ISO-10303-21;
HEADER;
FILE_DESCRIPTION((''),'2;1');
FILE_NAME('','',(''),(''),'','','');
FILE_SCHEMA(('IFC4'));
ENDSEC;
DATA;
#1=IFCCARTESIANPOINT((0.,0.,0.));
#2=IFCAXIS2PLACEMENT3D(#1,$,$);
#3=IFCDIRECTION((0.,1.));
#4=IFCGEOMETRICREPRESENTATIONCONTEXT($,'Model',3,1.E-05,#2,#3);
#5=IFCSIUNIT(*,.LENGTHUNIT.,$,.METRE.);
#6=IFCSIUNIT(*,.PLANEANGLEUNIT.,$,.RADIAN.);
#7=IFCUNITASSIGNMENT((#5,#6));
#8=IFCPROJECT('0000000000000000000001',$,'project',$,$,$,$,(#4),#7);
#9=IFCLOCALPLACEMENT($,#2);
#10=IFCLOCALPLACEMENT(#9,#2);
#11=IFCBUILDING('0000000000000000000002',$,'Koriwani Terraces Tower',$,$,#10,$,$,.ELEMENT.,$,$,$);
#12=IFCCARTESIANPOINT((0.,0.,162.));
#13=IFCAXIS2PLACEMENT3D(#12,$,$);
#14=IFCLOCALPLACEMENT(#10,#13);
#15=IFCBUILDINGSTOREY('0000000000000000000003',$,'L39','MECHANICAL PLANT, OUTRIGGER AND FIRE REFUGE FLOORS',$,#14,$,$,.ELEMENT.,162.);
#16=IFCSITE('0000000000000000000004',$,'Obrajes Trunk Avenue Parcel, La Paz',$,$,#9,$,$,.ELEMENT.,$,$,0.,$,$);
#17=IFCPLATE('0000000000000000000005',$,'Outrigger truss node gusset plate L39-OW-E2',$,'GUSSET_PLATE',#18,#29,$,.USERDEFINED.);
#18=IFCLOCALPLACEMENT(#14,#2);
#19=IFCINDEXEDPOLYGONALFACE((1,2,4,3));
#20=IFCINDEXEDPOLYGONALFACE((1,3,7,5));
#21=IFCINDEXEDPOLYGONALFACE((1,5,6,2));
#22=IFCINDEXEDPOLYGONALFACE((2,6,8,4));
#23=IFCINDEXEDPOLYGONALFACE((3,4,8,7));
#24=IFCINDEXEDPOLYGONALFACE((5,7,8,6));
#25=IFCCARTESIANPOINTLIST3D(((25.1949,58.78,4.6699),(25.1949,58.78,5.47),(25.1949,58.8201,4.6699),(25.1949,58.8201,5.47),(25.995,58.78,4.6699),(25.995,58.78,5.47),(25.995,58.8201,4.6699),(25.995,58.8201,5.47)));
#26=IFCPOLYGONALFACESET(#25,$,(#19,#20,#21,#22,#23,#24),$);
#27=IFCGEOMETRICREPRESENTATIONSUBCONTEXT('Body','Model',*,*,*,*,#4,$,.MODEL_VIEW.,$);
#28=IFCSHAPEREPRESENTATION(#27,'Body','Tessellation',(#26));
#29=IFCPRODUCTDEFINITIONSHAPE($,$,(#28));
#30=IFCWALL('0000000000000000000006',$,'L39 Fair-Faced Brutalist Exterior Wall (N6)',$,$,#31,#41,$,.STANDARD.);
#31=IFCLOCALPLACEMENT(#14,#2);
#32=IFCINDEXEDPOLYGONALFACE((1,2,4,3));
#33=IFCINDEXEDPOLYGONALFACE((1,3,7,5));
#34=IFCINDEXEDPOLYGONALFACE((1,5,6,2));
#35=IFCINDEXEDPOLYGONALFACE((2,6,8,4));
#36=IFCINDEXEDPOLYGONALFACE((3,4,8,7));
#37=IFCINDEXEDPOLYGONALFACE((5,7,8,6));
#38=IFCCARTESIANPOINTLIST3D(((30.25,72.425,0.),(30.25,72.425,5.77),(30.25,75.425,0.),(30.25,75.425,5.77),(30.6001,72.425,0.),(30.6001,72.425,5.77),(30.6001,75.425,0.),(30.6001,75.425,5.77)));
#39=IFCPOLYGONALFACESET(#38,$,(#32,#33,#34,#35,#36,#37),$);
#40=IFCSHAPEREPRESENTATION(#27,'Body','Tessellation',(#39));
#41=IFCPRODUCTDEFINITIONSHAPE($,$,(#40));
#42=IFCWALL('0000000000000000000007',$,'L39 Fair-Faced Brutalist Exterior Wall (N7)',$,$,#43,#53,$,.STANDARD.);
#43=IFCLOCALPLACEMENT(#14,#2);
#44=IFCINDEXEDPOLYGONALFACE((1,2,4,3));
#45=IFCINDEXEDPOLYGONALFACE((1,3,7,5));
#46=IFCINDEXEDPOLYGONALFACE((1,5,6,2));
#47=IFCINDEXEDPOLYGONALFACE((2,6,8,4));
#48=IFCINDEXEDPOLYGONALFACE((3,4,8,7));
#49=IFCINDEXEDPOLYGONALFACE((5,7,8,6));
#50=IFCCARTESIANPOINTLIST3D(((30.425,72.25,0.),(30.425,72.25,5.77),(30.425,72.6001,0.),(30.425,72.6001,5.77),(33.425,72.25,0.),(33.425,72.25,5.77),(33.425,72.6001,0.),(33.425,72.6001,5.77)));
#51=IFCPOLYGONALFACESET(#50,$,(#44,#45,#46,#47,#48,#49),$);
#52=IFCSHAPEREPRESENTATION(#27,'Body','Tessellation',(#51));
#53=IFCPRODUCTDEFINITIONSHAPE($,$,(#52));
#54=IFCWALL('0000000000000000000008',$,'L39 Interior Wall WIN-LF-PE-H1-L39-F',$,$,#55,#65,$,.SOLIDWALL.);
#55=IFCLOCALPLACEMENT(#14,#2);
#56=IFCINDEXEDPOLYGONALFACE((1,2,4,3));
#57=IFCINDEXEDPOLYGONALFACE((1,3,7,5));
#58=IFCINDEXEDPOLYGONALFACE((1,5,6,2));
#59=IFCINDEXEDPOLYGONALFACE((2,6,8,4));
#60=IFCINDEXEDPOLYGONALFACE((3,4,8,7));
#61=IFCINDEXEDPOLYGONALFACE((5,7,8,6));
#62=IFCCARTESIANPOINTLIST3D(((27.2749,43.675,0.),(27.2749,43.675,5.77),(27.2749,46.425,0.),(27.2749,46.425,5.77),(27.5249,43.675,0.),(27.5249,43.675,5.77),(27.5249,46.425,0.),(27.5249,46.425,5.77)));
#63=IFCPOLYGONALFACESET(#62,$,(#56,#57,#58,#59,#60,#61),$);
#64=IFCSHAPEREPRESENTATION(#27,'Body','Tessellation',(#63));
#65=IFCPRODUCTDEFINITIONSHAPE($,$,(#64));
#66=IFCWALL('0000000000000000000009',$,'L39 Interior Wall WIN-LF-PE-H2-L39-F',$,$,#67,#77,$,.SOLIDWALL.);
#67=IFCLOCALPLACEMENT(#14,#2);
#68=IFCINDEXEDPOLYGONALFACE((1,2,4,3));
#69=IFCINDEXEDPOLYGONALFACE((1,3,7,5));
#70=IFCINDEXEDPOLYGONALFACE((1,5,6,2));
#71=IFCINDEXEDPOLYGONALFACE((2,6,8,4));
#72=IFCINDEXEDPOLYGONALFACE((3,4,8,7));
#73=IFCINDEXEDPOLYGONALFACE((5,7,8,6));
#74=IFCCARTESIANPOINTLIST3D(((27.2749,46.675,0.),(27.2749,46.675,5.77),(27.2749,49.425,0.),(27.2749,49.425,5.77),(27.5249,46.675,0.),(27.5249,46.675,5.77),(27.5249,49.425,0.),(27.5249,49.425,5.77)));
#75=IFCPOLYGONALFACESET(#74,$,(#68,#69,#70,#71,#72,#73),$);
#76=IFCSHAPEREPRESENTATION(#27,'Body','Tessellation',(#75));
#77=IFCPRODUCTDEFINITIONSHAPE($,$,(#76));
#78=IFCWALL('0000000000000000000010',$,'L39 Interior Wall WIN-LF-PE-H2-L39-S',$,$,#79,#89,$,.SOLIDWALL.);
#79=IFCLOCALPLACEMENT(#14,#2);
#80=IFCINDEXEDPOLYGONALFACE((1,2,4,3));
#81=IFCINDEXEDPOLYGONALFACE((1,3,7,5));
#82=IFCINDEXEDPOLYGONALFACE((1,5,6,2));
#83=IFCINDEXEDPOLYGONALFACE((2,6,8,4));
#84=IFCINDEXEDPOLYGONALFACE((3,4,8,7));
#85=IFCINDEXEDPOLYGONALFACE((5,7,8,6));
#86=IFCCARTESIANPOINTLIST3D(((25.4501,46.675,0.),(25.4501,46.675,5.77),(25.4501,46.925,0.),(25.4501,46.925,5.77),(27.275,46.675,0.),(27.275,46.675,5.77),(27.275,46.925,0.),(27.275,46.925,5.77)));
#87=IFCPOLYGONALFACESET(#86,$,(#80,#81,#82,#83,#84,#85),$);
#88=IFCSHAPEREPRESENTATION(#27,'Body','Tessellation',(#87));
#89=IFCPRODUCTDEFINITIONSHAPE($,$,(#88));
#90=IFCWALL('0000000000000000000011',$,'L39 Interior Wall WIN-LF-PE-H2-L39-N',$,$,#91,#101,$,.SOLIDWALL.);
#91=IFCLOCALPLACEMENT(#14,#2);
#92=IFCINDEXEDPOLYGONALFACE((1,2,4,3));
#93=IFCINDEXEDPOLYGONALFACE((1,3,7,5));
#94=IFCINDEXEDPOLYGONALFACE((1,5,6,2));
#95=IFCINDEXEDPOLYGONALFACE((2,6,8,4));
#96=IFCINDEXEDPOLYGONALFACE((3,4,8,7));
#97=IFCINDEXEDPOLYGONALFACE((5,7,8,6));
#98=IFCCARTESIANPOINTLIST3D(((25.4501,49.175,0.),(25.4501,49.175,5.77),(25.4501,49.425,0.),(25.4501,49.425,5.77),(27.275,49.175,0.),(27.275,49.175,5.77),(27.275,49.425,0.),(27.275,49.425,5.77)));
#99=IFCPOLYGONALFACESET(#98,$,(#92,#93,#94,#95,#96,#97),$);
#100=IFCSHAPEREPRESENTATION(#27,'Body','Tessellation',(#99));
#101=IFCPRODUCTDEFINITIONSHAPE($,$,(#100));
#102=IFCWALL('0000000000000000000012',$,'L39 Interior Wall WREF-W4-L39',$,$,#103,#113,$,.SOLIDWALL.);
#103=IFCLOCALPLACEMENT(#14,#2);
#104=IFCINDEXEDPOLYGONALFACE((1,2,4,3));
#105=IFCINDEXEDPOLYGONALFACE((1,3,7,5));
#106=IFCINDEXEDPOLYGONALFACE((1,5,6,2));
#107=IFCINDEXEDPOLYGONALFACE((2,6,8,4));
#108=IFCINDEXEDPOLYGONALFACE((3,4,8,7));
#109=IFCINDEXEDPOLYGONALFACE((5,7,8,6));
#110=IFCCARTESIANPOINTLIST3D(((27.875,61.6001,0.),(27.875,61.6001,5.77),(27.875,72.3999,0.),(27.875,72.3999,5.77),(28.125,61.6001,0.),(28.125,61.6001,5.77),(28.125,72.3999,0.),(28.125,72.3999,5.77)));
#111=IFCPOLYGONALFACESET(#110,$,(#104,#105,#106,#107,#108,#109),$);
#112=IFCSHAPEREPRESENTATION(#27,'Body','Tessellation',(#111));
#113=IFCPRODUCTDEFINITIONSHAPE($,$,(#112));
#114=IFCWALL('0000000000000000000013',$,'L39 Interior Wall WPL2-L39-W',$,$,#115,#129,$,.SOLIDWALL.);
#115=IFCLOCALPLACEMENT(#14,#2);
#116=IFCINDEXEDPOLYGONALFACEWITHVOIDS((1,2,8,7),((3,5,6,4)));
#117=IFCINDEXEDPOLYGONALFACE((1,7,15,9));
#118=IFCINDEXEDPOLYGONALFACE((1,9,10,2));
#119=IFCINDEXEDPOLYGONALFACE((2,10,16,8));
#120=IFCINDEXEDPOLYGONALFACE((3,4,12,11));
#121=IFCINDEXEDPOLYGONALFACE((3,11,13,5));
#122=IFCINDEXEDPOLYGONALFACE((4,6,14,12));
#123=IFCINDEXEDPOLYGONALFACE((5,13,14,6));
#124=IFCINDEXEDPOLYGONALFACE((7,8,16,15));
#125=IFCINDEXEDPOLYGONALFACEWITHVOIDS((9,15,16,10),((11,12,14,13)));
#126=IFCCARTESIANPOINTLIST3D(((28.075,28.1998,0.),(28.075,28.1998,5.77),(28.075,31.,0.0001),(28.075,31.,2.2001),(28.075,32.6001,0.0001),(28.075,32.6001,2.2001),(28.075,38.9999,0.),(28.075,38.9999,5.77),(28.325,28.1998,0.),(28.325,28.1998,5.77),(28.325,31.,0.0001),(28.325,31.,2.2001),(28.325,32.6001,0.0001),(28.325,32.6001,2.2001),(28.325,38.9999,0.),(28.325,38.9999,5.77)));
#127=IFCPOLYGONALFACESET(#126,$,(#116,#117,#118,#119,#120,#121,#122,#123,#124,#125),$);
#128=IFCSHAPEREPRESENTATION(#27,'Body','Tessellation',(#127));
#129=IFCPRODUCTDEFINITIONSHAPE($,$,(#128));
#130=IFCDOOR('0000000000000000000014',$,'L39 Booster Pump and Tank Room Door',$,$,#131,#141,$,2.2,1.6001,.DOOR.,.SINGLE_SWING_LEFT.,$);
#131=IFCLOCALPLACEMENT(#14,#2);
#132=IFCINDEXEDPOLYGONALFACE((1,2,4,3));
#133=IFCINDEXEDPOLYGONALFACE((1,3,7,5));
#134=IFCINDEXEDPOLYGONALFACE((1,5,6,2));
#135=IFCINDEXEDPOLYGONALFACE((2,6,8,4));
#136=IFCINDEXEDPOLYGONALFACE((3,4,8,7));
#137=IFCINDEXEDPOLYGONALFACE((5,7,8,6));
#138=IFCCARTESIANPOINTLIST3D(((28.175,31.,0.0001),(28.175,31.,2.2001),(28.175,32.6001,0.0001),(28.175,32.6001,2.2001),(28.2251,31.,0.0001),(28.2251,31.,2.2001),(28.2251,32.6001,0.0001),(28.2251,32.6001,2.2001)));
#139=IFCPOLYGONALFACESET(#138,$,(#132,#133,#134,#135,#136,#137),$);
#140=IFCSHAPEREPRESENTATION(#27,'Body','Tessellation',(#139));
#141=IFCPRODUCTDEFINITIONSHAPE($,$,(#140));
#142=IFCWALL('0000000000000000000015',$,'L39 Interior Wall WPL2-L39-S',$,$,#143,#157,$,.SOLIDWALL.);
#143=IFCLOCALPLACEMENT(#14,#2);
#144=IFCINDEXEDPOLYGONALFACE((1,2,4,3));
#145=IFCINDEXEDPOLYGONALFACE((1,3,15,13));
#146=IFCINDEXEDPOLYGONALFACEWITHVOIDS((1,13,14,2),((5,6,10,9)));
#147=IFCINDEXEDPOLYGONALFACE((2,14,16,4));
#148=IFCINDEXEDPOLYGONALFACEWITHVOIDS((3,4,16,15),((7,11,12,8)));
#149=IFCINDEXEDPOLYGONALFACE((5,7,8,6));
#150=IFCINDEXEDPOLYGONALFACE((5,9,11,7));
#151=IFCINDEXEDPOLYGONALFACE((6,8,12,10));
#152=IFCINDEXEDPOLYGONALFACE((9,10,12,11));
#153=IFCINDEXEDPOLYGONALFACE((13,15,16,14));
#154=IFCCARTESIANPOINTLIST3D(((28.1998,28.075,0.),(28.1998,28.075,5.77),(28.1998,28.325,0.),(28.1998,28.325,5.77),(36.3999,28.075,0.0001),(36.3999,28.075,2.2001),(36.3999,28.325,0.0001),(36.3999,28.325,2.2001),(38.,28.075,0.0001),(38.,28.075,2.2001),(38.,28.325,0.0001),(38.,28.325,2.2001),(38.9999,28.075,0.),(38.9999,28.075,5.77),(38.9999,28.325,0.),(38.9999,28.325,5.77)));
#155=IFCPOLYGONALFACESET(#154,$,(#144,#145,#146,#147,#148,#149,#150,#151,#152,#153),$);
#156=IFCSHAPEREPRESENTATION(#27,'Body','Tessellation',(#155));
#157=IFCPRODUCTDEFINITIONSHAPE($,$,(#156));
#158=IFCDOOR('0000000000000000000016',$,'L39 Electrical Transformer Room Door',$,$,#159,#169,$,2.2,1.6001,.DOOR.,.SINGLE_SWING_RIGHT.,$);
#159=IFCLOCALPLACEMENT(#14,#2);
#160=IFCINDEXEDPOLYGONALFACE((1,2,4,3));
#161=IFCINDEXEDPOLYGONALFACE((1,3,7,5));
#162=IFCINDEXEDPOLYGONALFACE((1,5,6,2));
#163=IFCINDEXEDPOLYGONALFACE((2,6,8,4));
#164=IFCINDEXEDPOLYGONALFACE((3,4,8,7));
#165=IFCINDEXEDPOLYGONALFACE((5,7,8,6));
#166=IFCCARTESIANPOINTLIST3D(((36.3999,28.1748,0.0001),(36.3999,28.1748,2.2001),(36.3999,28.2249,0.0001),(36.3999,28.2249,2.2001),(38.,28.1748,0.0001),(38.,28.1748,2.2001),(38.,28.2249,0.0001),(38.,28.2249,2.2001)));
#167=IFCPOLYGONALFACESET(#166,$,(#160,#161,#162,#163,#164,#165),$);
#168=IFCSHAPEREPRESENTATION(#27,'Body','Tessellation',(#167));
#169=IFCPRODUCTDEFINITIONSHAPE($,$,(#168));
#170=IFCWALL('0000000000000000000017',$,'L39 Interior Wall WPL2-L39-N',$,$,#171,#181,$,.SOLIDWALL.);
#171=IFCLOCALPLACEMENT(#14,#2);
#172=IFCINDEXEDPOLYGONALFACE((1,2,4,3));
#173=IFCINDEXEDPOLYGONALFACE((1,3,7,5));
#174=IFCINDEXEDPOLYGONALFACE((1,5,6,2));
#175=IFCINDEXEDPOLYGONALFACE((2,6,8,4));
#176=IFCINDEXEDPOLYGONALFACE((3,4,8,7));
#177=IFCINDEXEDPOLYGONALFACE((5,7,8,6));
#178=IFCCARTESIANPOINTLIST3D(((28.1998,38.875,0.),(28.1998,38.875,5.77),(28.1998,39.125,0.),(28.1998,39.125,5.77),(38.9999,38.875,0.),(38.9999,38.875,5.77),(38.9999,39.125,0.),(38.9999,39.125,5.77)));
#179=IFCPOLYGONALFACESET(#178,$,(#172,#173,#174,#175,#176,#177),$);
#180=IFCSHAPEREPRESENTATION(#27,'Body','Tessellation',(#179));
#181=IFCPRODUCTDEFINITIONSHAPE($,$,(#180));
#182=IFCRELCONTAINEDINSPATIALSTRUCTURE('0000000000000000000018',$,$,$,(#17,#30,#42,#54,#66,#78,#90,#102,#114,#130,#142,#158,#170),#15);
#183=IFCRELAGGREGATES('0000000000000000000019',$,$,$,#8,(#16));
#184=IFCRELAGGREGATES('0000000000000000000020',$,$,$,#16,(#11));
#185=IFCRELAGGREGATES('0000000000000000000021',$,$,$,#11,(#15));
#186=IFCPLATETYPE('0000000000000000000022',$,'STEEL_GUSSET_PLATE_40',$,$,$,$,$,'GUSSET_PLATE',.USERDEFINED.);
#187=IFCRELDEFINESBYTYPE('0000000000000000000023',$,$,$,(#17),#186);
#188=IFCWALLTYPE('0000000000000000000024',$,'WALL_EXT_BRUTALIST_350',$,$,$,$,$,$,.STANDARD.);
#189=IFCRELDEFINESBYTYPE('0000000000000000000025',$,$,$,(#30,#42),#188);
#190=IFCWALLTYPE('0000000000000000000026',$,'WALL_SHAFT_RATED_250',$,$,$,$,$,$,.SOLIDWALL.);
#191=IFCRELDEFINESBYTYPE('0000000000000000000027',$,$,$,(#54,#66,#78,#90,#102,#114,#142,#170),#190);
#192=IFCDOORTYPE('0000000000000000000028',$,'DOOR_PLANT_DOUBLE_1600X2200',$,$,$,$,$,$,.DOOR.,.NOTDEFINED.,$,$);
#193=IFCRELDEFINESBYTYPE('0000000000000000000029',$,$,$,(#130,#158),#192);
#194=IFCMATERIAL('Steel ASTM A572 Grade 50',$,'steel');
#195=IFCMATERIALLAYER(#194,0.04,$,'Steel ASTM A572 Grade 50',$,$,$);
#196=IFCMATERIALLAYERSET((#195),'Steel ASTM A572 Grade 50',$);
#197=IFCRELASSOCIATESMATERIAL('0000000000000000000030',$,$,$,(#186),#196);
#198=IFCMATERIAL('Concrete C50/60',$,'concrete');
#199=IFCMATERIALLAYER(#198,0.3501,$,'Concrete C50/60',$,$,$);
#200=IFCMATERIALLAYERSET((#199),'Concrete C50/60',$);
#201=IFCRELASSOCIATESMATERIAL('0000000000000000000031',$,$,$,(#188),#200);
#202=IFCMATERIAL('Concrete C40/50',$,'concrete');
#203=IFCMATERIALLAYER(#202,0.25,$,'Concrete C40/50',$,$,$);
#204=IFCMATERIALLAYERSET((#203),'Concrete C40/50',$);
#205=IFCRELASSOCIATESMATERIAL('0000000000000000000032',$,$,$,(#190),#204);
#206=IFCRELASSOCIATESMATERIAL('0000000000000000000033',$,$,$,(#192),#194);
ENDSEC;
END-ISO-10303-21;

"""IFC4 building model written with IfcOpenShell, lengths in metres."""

from ifc_helpers import new_model, si_unit, direction, frame, frame_2d, origin, origin_2d, place, context, subcontext, project, spatial, rectangle, extrude, material, layer, layer_set, type_object, element, fill, save


model = new_model("IFC4")

# Units and contexts
model_context = context("Model", 3, precision=1e-05, world=origin(), true_north=direction((0.0, 1.0)))
body_context = subcontext(model_context, "Body", "Model", "MODEL_VIEW")
ifc_project = project(units=[si_unit("LENGTHUNIT", "METRE"), si_unit("PLANEANGLEUNIT", "RADIAN")], contexts=[model_context])

# Site, building, storey
site_placement = place(None, origin())
site = spatial("IfcSite", under=ifc_project, at=site_placement, Name="Obrajes Trunk Avenue Parcel, La Paz", CompositionType="ELEMENT", RefElevation=0.0)
building_placement = place(site_placement, origin())
building = spatial("IfcBuilding", under=site, at=building_placement, Name="Koriwani Terraces Tower", CompositionType="ELEMENT")
storey_placement = place(building_placement, frame((0.0, 0.0, 162.0)))
storey = spatial("IfcBuildingStorey", under=building, at=storey_placement, Name="L39", Description="MECHANICAL PLANT, OUTRIGGER AND FIRE REFUGE FLOORS", CompositionType="ELEMENT", Elevation=162.0)

# Shared definitions
ifc_material_1 = material(Name="Concrete C50/60", Category="concrete")

# Shared definitions
ifc_material_2 = material(Name="Steel ASTM A572 Grade 50", Category="steel")

# Plate
ifc_layer_1 = layer(ifc_material_2, 0.04, Name="Steel ASTM A572 Grade 50")
ifc_layer_set_1 = layer_set([ifc_layer_1], Name="Steel ASTM A572 Grade 50")
plate_type_1 = type_object("IfcPlateType", Name="STEEL_GUSSET_PLATE_40", ElementType="GUSSET_PLATE", PredefinedType="USERDEFINED", material=ifc_layer_set_1)
for number, where, z_axis, x_axis, name in (
    (1, (25.595, 58.8, 4.6699), (0.0, 0.0, 1.0), (-1.0, 0.0, 0.0), "Outrigger truss node gusset plate L39-OW-E2"),
):
    element("IfcPlate", number, at=place(storey_placement, frame(where, z_axis=z_axis, x_axis=x_axis)), inside=storey, type_object=plate_type_1, Name=name, ObjectType="GUSSET_PLATE", PredefinedType="USERDEFINED", context=body_context, shape_type="SweptSolid", body=[
        extrude(rectangle(XDim=0.8, YDim=0.04, at=origin_2d()), origin(), (0.0, 0.0, 1.0), 0.8),
    ])

# Walls
ifc_layer_2 = layer(ifc_material_1, 0.3501, Name="Concrete C50/60")
ifc_layer_set_2 = layer_set([ifc_layer_2], Name="Concrete C50/60")
wall_type_1 = type_object("IfcWallType", Name="WALL_EXT_BRUTALIST_350", PredefinedType="STANDARD", material=ifc_layer_set_2)
for number, where, z_axis, x_axis, name in (
    (2, (30.425, 75.425, 0.0), (0.0, 0.0, 1.0), (0.0, -1.0, 0.0), "L39 Fair-Faced Brutalist Exterior Wall (N6)"),
    (3, (30.425, 72.425, 0.0), (0.0, 0.0, 1.0), (1.0, 0.0, 0.0), "L39 Fair-Faced Brutalist Exterior Wall (N7)"),
):
    element("IfcWall", number, at=place(storey_placement, frame(where, z_axis=z_axis, x_axis=x_axis)), inside=storey, type_object=wall_type_1, Name=name, PredefinedType="STANDARD", context=body_context, shape_type="SweptSolid", body=[
        extrude(rectangle(XDim=3.0, YDim=0.3501, at=frame_2d((1.5, 0.0))), origin(), (0.0, 0.0, 1.0), 5.77),
    ])
ifc_material_3 = material(Name="Concrete C40/50", Category="concrete")
ifc_layer_3 = layer(ifc_material_3, 0.25, Name="Concrete C40/50")
ifc_layer_set_3 = layer_set([ifc_layer_3], Name="Concrete C40/50")
wall_type_2 = type_object("IfcWallType", Name="WALL_SHAFT_RATED_250", PredefinedType="SOLIDWALL", material=ifc_layer_set_3)
for number, where, z_axis, x_axis, name in (
    (4, (27.3999, 43.675, 0.0), (0.0, 0.0, 1.0), (0.0, 1.0, 0.0), "L39 Interior Wall WIN-LF-PE-H1-L39-F"),
    (5, (27.3999, 46.675, 0.0), (0.0, 0.0, 1.0), (0.0, 1.0, 0.0), "L39 Interior Wall WIN-LF-PE-H2-L39-F"),
):
    element("IfcWall", number, at=place(storey_placement, frame(where, z_axis=z_axis, x_axis=x_axis)), inside=storey, type_object=wall_type_2, Name=name, PredefinedType="SOLIDWALL", context=body_context, shape_type="SweptSolid", body=[
        extrude(rectangle(XDim=2.75, YDim=0.25, at=frame_2d((1.375, 0.0))), origin(), (0.0, 0.0, 1.0), 5.77),
    ])
for number, where, z_axis, x_axis, name in (
    (6, (25.45, 46.8, 0.0), (0.0, 0.0, 1.0), (1.0, 0.0, 0.0), "L39 Interior Wall WIN-LF-PE-H2-L39-S"),
    (7, (25.45, 49.3, 0.0), (0.0, 0.0, 1.0), (1.0, 0.0, 0.0), "L39 Interior Wall WIN-LF-PE-H2-L39-N"),
):
    element("IfcWall", number, at=place(storey_placement, frame(where, z_axis=z_axis, x_axis=x_axis)), inside=storey, type_object=wall_type_2, Name=name, PredefinedType="SOLIDWALL", context=body_context, shape_type="SweptSolid", body=[
        extrude(rectangle(XDim=1.825, YDim=0.25, at=frame_2d((0.9126, 0.0))), origin(), (0.0, 0.0, 1.0), 5.77),
    ])
wall_1_placement = place(storey_placement, frame((28.0, 61.6001, 0.0), z_axis=(0.0, 0.0, 1.0), x_axis=(0.0, 1.0, 0.0)))
element("IfcWall", 8, at=wall_1_placement, inside=storey, type_object=wall_type_2, Name="L39 Interior Wall WREF-W4-L39", PredefinedType="SOLIDWALL", context=body_context, shape_type="SweptSolid", body=[
    extrude(rectangle(XDim=10.7998, YDim=0.25, at=frame_2d((5.3999, 0.0))), origin(), (0.0, 0.0, 1.0), 5.77),
])

# Walls, openings, doors
wall_2_placement = place(storey_placement, frame((28.2, 28.2, 0.0), z_axis=(0.0, 0.0, 1.0), x_axis=(0.0, 1.0, 0.0)))
wall_2 = element("IfcWall", 9, at=wall_2_placement, inside=storey, type_object=wall_type_2, Name="L39 Interior Wall WPL2-L39-W", PredefinedType="SOLIDWALL", context=body_context, shape_type="SweptSolid", body=[
    extrude(rectangle(XDim=10.8, YDim=0.25, at=frame_2d((5.3999, 0.0))), origin(), (0.0, 0.0, 1.0), 5.77),
])
opening_1_placement = place(wall_2_placement, frame((2.8, 0.0, 0.0)))
opening_1 = element("IfcOpeningElement", 10, at=opening_1_placement, cuts=wall_2, PredefinedType="OPENING", context=body_context, shape_type="SweptSolid", body=[
    extrude(rectangle(XDim=1.6001, YDim=2.2, at=frame_2d((0.8, 1.1001))), frame((0.0, 0.135, 0.0), z_axis=(0.0, -1.0, 0.0), x_axis=(1.0, 0.0, 0.0)), (0.0, 0.0, 1.0), 0.27),
])
door_type = type_object("IfcDoorType", Name="DOOR_PLANT_DOUBLE_1600X2200", OperationType="NOTDEFINED", PredefinedType="DOOR", material=ifc_material_2)
door_1_placement = place(opening_1_placement, origin())
door_1 = element("IfcDoor", 11, at=door_1_placement, inside=storey, type_object=door_type, Name="L39 Booster Pump and Tank Room Door", OperationType="SINGLE_SWING_LEFT", OverallHeight=2.2, OverallWidth=1.6001, PredefinedType="DOOR", context=body_context, shape_type="SweptSolid", body=[
    extrude(rectangle(XDim=1.6001, YDim=2.2, at=frame_2d((0.8, 1.1001))), frame((0.0, 0.0249, 0.0), z_axis=(0.0, -1.0, 0.0), x_axis=(1.0, 0.0, 0.0)), (0.0, 0.0, 1.0), 0.05),
])
fill(opening_1, door_1)
wall_3_placement = place(storey_placement, frame((28.2, 28.2, 0.0), z_axis=(0.0, 0.0, 1.0), x_axis=(1.0, 0.0, 0.0)))
wall_3 = element("IfcWall", 12, at=wall_3_placement, inside=storey, type_object=wall_type_2, Name="L39 Interior Wall WPL2-L39-S", PredefinedType="SOLIDWALL", context=body_context, shape_type="SweptSolid", body=[
    extrude(rectangle(XDim=10.8, YDim=0.25, at=frame_2d((5.3999, 0.0))), origin(), (0.0, 0.0, 1.0), 5.77),
])
opening_2_placement = place(wall_3_placement, frame((8.2, 0.0, 0.0)))
opening_2 = element("IfcOpeningElement", 13, at=opening_2_placement, cuts=wall_3, PredefinedType="OPENING", context=body_context, shape_type="SweptSolid", body=[
    extrude(rectangle(XDim=1.6001, YDim=2.2, at=frame_2d((0.8, 1.1001))), frame((0.0, 0.135, 0.0), z_axis=(0.0, -1.0, 0.0), x_axis=(1.0, 0.0, 0.0)), (0.0, 0.0, 1.0), 0.27),
])
door_2_placement = place(opening_2_placement, origin())
door_2 = element("IfcDoor", 14, at=door_2_placement, inside=storey, type_object=door_type, Name="L39 Electrical Transformer Room Door", OperationType="SINGLE_SWING_RIGHT", OverallHeight=2.2, OverallWidth=1.6001, PredefinedType="DOOR", context=body_context, shape_type="SweptSolid", body=[
    extrude(rectangle(XDim=1.6001, YDim=2.2, at=frame_2d((0.8, 1.1001))), frame((0.0, 0.0249, 0.0), z_axis=(0.0, -1.0, 0.0), x_axis=(1.0, 0.0, 0.0)), (0.0, 0.0, 1.0), 0.05),
])
fill(opening_2, door_2)

# Wall
wall_4_placement = place(storey_placement, frame((28.2, 39.0, 0.0), z_axis=(0.0, 0.0, 1.0), x_axis=(1.0, 0.0, 0.0)))
element("IfcWall", 15, at=wall_4_placement, inside=storey, type_object=wall_type_2, Name="L39 Interior Wall WPL2-L39-N", PredefinedType="SOLIDWALL", context=body_context, shape_type="SweptSolid", body=[
    extrude(rectangle(XDim=10.8, YDim=0.25, at=frame_2d((5.3999, 0.0))), origin(), (0.0, 0.0, 1.0), 5.77),
])

save(model, "model.ifc")
